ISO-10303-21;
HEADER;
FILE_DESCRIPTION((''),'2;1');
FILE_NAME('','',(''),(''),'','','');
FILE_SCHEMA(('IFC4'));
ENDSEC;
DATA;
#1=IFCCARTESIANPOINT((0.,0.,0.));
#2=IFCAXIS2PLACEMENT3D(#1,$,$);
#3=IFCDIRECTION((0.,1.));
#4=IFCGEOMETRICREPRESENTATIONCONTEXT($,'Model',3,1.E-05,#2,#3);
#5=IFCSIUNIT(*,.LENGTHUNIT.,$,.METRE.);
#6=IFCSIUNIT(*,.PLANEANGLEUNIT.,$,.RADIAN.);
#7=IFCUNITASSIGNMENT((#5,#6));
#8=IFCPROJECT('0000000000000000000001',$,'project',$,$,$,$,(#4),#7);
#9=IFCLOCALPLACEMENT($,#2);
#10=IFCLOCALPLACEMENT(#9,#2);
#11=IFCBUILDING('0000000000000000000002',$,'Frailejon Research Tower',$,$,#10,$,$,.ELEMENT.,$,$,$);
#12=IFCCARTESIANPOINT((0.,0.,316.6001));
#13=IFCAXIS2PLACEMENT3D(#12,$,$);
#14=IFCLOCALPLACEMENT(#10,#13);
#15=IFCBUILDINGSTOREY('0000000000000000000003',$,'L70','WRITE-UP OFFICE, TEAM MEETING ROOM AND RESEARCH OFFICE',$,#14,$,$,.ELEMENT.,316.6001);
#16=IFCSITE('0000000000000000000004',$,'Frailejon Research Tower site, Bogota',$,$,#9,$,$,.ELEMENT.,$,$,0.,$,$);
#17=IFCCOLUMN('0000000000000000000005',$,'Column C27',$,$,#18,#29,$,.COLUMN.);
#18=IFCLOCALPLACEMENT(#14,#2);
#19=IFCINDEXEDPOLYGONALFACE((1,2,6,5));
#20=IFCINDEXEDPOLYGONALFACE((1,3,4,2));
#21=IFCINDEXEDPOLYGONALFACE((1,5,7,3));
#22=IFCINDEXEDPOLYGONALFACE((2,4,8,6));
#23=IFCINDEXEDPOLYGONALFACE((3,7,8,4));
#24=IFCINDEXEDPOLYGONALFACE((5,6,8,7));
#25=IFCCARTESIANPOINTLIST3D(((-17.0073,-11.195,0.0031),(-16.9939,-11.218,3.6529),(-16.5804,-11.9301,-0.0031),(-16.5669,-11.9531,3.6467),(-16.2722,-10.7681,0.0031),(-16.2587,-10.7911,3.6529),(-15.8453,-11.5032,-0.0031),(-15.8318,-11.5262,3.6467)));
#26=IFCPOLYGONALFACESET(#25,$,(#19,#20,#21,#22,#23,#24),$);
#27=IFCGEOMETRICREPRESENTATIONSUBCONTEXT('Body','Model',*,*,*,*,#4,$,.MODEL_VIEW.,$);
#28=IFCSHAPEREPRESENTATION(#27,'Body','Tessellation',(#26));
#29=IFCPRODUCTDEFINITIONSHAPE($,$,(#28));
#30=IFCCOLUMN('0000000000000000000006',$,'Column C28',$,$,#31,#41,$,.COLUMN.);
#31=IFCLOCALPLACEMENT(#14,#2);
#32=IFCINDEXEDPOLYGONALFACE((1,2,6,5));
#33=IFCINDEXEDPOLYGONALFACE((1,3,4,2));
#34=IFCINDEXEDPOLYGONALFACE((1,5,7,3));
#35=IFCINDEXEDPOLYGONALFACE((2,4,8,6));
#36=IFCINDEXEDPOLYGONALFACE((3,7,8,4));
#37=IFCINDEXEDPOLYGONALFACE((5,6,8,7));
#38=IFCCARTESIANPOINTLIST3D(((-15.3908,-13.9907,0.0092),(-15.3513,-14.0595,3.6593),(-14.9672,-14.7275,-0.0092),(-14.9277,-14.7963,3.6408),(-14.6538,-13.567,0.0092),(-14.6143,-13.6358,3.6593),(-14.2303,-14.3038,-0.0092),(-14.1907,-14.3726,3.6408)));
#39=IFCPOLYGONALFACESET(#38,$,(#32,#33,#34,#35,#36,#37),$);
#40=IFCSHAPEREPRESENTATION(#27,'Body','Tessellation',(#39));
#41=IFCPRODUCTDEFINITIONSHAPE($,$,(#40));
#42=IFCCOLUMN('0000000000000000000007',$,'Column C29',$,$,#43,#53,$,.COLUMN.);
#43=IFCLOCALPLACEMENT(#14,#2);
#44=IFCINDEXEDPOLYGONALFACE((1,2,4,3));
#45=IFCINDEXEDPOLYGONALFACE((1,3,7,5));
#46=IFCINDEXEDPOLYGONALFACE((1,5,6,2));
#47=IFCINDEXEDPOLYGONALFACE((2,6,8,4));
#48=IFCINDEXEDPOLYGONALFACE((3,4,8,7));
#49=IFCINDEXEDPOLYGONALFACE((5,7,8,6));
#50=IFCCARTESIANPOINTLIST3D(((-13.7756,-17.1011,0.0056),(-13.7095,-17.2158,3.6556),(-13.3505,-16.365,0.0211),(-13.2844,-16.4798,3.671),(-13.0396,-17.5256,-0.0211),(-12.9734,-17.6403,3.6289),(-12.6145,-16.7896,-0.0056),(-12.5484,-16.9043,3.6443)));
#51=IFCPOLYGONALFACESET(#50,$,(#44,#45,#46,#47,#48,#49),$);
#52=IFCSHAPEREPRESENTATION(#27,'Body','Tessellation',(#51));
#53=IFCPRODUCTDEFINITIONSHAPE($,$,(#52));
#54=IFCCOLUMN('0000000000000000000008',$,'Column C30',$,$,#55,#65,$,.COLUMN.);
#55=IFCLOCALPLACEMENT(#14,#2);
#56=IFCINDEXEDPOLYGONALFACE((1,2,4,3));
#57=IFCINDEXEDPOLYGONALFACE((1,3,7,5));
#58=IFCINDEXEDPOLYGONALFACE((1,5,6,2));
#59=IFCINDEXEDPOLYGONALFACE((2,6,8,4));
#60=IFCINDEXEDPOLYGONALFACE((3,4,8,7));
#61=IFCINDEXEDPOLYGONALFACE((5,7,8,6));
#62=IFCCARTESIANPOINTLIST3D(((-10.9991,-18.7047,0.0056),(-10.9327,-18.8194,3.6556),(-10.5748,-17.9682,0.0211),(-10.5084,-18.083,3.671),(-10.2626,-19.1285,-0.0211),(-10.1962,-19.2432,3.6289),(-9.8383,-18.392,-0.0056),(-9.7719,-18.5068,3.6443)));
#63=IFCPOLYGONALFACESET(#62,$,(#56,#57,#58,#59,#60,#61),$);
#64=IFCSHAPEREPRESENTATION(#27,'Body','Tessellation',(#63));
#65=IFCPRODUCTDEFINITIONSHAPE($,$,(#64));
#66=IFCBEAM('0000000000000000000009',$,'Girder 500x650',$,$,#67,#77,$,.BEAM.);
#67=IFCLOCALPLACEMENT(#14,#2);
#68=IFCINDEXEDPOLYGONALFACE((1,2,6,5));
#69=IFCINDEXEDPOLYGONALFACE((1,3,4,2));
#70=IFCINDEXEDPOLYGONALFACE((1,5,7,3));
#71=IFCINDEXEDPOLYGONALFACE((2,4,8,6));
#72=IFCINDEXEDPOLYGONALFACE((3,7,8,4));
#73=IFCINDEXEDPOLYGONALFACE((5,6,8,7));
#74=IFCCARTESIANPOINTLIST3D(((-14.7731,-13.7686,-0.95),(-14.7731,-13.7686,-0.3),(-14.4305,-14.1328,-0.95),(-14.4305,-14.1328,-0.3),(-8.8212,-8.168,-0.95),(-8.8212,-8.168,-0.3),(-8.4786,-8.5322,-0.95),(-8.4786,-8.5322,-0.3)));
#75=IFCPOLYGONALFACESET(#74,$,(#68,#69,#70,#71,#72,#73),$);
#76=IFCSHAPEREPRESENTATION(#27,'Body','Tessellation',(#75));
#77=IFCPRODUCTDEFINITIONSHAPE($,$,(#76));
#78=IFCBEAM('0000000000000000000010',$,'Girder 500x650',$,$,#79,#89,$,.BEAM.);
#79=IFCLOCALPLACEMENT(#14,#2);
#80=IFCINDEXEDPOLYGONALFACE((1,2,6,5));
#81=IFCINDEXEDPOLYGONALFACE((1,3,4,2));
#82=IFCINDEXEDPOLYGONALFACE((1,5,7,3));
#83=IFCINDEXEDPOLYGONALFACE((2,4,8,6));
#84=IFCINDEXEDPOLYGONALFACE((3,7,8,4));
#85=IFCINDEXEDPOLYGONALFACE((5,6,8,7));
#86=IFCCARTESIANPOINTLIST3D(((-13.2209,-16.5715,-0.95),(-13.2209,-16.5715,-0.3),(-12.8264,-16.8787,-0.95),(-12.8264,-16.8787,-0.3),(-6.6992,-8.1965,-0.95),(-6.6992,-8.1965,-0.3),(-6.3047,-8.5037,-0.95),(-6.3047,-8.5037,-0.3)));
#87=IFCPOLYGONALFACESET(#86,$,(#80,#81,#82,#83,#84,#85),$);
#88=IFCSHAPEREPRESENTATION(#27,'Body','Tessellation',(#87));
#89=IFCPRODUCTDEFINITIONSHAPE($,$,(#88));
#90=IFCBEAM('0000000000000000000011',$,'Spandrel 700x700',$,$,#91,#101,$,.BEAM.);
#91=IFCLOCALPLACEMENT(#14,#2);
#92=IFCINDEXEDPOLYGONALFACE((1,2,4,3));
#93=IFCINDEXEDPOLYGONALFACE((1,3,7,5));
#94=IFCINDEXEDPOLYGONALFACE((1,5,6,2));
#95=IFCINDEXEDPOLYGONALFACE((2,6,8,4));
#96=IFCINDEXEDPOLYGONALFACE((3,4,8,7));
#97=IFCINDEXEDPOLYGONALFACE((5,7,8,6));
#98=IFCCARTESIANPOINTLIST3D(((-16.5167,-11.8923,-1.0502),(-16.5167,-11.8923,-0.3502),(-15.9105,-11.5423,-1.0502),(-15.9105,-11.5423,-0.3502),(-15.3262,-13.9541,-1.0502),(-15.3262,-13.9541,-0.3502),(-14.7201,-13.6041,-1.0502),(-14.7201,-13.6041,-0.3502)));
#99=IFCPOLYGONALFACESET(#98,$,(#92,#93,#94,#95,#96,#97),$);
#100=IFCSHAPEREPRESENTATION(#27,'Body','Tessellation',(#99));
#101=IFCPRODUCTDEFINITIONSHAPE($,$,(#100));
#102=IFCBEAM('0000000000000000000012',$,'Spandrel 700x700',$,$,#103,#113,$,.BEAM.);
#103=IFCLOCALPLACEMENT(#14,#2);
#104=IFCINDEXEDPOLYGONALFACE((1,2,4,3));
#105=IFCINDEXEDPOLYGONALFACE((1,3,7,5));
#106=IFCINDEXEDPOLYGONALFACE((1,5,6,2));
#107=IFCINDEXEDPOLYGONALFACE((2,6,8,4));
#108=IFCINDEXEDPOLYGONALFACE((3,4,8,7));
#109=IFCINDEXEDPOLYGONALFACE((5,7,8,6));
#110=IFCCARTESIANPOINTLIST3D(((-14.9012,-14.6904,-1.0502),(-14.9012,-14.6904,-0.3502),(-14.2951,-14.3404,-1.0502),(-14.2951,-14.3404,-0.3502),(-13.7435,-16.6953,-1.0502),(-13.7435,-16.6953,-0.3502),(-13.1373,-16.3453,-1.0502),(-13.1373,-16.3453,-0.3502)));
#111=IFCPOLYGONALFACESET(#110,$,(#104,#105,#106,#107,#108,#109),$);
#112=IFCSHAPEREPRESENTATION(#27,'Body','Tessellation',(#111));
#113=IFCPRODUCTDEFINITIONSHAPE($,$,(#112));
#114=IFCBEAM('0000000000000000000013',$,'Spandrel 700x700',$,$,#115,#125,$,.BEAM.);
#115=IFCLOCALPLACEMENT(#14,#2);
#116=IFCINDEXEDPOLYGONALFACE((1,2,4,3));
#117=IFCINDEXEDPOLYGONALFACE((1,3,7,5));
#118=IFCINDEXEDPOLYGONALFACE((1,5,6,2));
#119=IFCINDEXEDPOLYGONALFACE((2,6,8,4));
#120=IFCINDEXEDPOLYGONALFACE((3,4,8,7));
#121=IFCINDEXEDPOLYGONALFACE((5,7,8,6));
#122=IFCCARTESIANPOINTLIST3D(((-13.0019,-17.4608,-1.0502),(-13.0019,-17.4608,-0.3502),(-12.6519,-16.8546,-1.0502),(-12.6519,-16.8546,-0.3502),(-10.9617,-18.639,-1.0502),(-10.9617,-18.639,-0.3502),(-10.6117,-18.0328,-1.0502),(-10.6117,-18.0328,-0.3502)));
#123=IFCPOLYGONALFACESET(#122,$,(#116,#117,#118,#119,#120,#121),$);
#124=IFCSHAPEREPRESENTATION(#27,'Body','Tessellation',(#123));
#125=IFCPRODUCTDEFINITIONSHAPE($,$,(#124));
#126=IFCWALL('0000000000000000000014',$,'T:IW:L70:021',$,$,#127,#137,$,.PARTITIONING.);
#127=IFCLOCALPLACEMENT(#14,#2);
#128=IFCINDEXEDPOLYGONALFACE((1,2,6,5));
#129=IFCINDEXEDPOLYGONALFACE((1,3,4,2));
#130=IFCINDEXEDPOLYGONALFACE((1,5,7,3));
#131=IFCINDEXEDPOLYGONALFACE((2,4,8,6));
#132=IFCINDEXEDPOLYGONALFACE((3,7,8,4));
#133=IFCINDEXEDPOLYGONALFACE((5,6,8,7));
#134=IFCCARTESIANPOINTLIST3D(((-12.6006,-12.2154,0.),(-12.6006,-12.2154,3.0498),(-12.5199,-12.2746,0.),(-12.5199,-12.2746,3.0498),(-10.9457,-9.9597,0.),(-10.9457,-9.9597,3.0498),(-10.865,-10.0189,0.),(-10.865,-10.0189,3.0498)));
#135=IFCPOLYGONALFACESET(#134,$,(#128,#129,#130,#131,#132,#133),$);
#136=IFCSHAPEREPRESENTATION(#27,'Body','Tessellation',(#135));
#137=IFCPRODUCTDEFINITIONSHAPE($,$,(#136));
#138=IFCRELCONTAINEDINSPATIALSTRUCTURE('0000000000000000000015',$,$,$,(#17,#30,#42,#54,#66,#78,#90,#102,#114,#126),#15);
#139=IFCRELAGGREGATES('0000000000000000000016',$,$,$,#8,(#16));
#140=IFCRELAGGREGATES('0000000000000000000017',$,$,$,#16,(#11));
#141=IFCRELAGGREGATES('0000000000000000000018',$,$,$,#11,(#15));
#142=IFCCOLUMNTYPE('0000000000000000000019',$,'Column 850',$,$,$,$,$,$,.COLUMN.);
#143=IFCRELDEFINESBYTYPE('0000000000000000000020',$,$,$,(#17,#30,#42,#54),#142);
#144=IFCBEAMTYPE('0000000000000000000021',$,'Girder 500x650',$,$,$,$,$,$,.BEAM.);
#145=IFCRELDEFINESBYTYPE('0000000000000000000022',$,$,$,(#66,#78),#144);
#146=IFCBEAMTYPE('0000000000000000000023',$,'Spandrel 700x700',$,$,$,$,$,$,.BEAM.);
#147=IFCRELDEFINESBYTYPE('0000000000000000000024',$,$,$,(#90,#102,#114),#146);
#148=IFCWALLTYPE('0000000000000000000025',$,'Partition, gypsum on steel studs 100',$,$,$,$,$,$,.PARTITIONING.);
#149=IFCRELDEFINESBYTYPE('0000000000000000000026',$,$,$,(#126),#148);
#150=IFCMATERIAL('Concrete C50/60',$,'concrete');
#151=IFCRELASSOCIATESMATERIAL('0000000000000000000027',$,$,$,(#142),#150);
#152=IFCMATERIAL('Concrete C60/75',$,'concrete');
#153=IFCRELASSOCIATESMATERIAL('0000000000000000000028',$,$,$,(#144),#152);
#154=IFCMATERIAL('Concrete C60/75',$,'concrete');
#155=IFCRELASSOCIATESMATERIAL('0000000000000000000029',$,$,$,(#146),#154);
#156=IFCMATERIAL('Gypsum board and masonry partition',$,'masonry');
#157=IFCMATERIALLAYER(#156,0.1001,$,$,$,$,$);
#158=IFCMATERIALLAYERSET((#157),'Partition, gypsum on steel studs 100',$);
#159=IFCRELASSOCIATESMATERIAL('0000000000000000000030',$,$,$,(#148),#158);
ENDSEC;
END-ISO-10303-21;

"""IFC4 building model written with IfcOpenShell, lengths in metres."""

from ifc_helpers import new_model, si_unit, direction, frame, frame_2d, origin, origin_2d, place, context, subcontext, project, spatial, rectangle, extrude, material, layer, layer_set, material_profile, profile_set, type_object, element, save


model = new_model("IFC4")

# Units and contexts
model_context = context("Model", 3, precision=1e-05, world=origin(), true_north=direction((0.0, 1.0)))
body_context = subcontext(model_context, "Body", "Model", "MODEL_VIEW")
ifc_project = project(units=[si_unit("LENGTHUNIT", "METRE"), si_unit("PLANEANGLEUNIT", "RADIAN")], contexts=[model_context])

# Site, building, storey
site_placement = place(None, origin())
site = spatial("IfcSite", under=ifc_project, at=site_placement, Name="Frailejon Research Tower site, Bogota", CompositionType="ELEMENT", RefElevation=0.0)
building_placement = place(site_placement, origin())
building = spatial("IfcBuilding", under=site, at=building_placement, Name="Frailejon Research Tower", CompositionType="ELEMENT")
storey_placement = place(building_placement, frame((0.0, 0.0, 316.6001)))
storey = spatial("IfcBuildingStorey", under=building, at=storey_placement, Name="L70", Description="WRITE-UP OFFICE, TEAM MEETING ROOM AND RESEARCH OFFICE", CompositionType="ELEMENT", Elevation=316.6001)

# Columns
ifc_material_1 = material(Name="Concrete C50/60", Category="concrete")
ifc_material_profile_1 = material_profile(ifc_material_1, rectangle(XDim=0.8501, YDim=0.8501, at=origin_2d()), Name="Column 850")
ifc_profile_set_1 = profile_set([ifc_material_profile_1], Name="Concrete C50/60")
column_type = type_object("IfcColumnType", Name="Column 850", PredefinedType="COLUMN", material=ifc_profile_set_1)
column_1_placement = place(storey_placement, frame((-16.4263, -11.3491, 0.0), z_axis=(0.003679, -0.006287, 0.999973), x_axis=(0.502203, -0.864719, -0.007285)))
element("IfcColumn", 1, at=column_1_placement, inside=storey, type_object=column_type, Name="Column C27", PredefinedType="COLUMN", context=body_context, shape_type="SweptSolid", body=[
    extrude(rectangle(XDim=0.8501, YDim=0.8501, at=origin_2d()), origin(), (0.0, 0.0, 1.0), 3.6499),
])
column_2_placement = place(storey_placement, frame((-14.8105, -14.1472, 0.0), z_axis=(0.010834, -0.018858, 0.999763), x_axis=(0.498285, -0.86674, -0.021749)))
element("IfcColumn", 2, at=column_2_placement, inside=storey, type_object=column_type, Name="Column C28", PredefinedType="COLUMN", context=body_context, shape_type="SweptSolid", body=[
    extrude(rectangle(XDim=0.8501, YDim=0.8501, at=origin_2d()), origin(), (0.0, 0.0, 1.0), 3.6509),
])
for number, where, z_axis, x_axis, name in (
    (3, (-13.1951, -16.9453, 0.0), (0.018115, -0.031417, 0.999342), (0.865818, -0.499373, -0.031394), "Column C29"),
    (4, (-10.4187, -18.5483, 0.0), (0.018182, -0.031417, 0.999341), (0.866316, -0.498507, -0.031434), "Column C30"),
):
    element("IfcColumn", number, at=place(storey_placement, frame(where, z_axis=z_axis, x_axis=x_axis)), inside=storey, type_object=column_type, Name=name, PredefinedType="COLUMN", context=body_context, shape_type="SweptSolid", body=[
        extrude(rectangle(XDim=0.8501, YDim=0.8501, at=origin_2d()), origin(), (0.0, 0.0, 1.0), 3.6523),
    ])

# Beams
ifc_material_2 = material(Name="Concrete C60/75", Category="concrete")
ifc_material_profile_2 = material_profile(ifc_material_2, rectangle(XDim=0.5, YDim=0.6499, at=origin_2d()), Name="Girder 500x650")
ifc_profile_set_2 = profile_set([ifc_material_profile_2], Name="Concrete C60/75")
beam_type_1 = type_object("IfcBeamType", Name="Girder 500x650", PredefinedType="BEAM", material=ifc_profile_set_2)
beam_1_placement = place(storey_placement, frame((-14.6018, -13.9507, -0.625), z_axis=(0.728274, 0.685286, 0.0), x_axis=(-0.685286, 0.728274, 0.0)))
element("IfcBeam", 5, at=beam_1_placement, inside=storey, type_object=beam_type_1, Name="Girder 500x650", PredefinedType="BEAM", context=body_context, shape_type="SweptSolid", body=[
    extrude(rectangle(XDim=0.5, YDim=0.6499, at=origin_2d()), origin(), (0.0, 0.0, 1.0), 8.1726),
])
beam_2_placement = place(storey_placement, frame((-13.0237, -16.7251, -0.625), z_axis=(0.614401, 0.788994, 0.0), x_axis=(-0.788994, 0.614401, 0.0)))
element("IfcBeam", 6, at=beam_2_placement, inside=storey, type_object=beam_type_1, Name="Girder 500x650", PredefinedType="BEAM", context=body_context, shape_type="SweptSolid", body=[
    extrude(rectangle(XDim=0.5, YDim=0.6499, at=origin_2d()), origin(), (0.0, 0.0, 1.0), 10.6147),
])
ifc_material_3 = material(Name="Concrete C60/75", Category="concrete")
ifc_material_profile_3 = material_profile(ifc_material_3, rectangle(XDim=0.7, YDim=0.7, at=origin_2d()), Name="Spandrel 700x700")
ifc_profile_set_3 = profile_set([ifc_material_profile_3], Name="Concrete C60/75")
beam_type_2 = type_object("IfcBeamType", Name="Spandrel 700x700", PredefinedType="BEAM", material=ifc_profile_set_3)
beam_3_placement = place(storey_placement, frame((-16.2136, -11.7173, -0.7002), z_axis=(0.500021, -0.866013, 0.0), x_axis=(0.866013, 0.500021, 0.0)))
element("IfcBeam", 7, at=beam_3_placement, inside=storey, type_object=beam_type_2, Name="Spandrel 700x700", PredefinedType="BEAM", context=body_context, shape_type="SweptSolid", body=[
    extrude(rectangle(XDim=0.7, YDim=0.7, at=origin_2d()), origin(), (0.0, 0.0, 1.0), 2.3809),
])
beam_4_placement = place(storey_placement, frame((-14.5981, -14.5154, -0.7002), z_axis=(0.500063, -0.865989, 0.0), x_axis=(0.865989, 0.500063, 0.0)))
element("IfcBeam", 8, at=beam_4_placement, inside=storey, type_object=beam_type_2, Name="Spandrel 700x700", PredefinedType="BEAM", context=body_context, shape_type="SweptSolid", body=[
    extrude(rectangle(XDim=0.7, YDim=0.7, at=origin_2d()), origin(), (0.0, 0.0, 1.0), 2.3152),
])
beam_5_placement = place(storey_placement, frame((-12.8269, -17.1577, -0.7002), z_axis=(0.865977, -0.500084, 0.0), x_axis=(0.500084, 0.865977, 0.0)))
element("IfcBeam", 9, at=beam_5_placement, inside=storey, type_object=beam_type_2, Name="Spandrel 700x700", PredefinedType="BEAM", context=body_context, shape_type="SweptSolid", body=[
    extrude(rectangle(XDim=0.7, YDim=0.7, at=origin_2d()), origin(), (0.0, 0.0, 1.0), 2.356),
])

# Wall
ifc_material_4 = material(Name="Gypsum board and masonry partition", Category="masonry")
ifc_layer_1 = layer(ifc_material_4, 0.1001)
ifc_layer_set_1 = layer_set([ifc_layer_1], Name="Partition, gypsum on steel studs 100")
wall_type_1 = type_object("IfcWallType", Name="Partition, gypsum on steel studs 100", PredefinedType="PARTITIONING", material=ifc_layer_set_1)
wall_1_placement = place(storey_placement, frame((-12.5603, -12.2451, 0.0), z_axis=(0.0, 0.0, 1.0), x_axis=(0.591519, 0.806291, 0.0)))
element("IfcWall", 10, at=wall_1_placement, inside=storey, type_object=wall_type_1, Name="T:IW:L70:021", PredefinedType="PARTITIONING", context=body_context, shape_type="SweptSolid", body=[
    extrude(rectangle(XDim=2.7976, YDim=0.1001, at=frame_2d((1.3989, 0.0))), origin(), (0.0, 0.0, 1.0), 3.0498),
])

save(model, "model.ifc")
